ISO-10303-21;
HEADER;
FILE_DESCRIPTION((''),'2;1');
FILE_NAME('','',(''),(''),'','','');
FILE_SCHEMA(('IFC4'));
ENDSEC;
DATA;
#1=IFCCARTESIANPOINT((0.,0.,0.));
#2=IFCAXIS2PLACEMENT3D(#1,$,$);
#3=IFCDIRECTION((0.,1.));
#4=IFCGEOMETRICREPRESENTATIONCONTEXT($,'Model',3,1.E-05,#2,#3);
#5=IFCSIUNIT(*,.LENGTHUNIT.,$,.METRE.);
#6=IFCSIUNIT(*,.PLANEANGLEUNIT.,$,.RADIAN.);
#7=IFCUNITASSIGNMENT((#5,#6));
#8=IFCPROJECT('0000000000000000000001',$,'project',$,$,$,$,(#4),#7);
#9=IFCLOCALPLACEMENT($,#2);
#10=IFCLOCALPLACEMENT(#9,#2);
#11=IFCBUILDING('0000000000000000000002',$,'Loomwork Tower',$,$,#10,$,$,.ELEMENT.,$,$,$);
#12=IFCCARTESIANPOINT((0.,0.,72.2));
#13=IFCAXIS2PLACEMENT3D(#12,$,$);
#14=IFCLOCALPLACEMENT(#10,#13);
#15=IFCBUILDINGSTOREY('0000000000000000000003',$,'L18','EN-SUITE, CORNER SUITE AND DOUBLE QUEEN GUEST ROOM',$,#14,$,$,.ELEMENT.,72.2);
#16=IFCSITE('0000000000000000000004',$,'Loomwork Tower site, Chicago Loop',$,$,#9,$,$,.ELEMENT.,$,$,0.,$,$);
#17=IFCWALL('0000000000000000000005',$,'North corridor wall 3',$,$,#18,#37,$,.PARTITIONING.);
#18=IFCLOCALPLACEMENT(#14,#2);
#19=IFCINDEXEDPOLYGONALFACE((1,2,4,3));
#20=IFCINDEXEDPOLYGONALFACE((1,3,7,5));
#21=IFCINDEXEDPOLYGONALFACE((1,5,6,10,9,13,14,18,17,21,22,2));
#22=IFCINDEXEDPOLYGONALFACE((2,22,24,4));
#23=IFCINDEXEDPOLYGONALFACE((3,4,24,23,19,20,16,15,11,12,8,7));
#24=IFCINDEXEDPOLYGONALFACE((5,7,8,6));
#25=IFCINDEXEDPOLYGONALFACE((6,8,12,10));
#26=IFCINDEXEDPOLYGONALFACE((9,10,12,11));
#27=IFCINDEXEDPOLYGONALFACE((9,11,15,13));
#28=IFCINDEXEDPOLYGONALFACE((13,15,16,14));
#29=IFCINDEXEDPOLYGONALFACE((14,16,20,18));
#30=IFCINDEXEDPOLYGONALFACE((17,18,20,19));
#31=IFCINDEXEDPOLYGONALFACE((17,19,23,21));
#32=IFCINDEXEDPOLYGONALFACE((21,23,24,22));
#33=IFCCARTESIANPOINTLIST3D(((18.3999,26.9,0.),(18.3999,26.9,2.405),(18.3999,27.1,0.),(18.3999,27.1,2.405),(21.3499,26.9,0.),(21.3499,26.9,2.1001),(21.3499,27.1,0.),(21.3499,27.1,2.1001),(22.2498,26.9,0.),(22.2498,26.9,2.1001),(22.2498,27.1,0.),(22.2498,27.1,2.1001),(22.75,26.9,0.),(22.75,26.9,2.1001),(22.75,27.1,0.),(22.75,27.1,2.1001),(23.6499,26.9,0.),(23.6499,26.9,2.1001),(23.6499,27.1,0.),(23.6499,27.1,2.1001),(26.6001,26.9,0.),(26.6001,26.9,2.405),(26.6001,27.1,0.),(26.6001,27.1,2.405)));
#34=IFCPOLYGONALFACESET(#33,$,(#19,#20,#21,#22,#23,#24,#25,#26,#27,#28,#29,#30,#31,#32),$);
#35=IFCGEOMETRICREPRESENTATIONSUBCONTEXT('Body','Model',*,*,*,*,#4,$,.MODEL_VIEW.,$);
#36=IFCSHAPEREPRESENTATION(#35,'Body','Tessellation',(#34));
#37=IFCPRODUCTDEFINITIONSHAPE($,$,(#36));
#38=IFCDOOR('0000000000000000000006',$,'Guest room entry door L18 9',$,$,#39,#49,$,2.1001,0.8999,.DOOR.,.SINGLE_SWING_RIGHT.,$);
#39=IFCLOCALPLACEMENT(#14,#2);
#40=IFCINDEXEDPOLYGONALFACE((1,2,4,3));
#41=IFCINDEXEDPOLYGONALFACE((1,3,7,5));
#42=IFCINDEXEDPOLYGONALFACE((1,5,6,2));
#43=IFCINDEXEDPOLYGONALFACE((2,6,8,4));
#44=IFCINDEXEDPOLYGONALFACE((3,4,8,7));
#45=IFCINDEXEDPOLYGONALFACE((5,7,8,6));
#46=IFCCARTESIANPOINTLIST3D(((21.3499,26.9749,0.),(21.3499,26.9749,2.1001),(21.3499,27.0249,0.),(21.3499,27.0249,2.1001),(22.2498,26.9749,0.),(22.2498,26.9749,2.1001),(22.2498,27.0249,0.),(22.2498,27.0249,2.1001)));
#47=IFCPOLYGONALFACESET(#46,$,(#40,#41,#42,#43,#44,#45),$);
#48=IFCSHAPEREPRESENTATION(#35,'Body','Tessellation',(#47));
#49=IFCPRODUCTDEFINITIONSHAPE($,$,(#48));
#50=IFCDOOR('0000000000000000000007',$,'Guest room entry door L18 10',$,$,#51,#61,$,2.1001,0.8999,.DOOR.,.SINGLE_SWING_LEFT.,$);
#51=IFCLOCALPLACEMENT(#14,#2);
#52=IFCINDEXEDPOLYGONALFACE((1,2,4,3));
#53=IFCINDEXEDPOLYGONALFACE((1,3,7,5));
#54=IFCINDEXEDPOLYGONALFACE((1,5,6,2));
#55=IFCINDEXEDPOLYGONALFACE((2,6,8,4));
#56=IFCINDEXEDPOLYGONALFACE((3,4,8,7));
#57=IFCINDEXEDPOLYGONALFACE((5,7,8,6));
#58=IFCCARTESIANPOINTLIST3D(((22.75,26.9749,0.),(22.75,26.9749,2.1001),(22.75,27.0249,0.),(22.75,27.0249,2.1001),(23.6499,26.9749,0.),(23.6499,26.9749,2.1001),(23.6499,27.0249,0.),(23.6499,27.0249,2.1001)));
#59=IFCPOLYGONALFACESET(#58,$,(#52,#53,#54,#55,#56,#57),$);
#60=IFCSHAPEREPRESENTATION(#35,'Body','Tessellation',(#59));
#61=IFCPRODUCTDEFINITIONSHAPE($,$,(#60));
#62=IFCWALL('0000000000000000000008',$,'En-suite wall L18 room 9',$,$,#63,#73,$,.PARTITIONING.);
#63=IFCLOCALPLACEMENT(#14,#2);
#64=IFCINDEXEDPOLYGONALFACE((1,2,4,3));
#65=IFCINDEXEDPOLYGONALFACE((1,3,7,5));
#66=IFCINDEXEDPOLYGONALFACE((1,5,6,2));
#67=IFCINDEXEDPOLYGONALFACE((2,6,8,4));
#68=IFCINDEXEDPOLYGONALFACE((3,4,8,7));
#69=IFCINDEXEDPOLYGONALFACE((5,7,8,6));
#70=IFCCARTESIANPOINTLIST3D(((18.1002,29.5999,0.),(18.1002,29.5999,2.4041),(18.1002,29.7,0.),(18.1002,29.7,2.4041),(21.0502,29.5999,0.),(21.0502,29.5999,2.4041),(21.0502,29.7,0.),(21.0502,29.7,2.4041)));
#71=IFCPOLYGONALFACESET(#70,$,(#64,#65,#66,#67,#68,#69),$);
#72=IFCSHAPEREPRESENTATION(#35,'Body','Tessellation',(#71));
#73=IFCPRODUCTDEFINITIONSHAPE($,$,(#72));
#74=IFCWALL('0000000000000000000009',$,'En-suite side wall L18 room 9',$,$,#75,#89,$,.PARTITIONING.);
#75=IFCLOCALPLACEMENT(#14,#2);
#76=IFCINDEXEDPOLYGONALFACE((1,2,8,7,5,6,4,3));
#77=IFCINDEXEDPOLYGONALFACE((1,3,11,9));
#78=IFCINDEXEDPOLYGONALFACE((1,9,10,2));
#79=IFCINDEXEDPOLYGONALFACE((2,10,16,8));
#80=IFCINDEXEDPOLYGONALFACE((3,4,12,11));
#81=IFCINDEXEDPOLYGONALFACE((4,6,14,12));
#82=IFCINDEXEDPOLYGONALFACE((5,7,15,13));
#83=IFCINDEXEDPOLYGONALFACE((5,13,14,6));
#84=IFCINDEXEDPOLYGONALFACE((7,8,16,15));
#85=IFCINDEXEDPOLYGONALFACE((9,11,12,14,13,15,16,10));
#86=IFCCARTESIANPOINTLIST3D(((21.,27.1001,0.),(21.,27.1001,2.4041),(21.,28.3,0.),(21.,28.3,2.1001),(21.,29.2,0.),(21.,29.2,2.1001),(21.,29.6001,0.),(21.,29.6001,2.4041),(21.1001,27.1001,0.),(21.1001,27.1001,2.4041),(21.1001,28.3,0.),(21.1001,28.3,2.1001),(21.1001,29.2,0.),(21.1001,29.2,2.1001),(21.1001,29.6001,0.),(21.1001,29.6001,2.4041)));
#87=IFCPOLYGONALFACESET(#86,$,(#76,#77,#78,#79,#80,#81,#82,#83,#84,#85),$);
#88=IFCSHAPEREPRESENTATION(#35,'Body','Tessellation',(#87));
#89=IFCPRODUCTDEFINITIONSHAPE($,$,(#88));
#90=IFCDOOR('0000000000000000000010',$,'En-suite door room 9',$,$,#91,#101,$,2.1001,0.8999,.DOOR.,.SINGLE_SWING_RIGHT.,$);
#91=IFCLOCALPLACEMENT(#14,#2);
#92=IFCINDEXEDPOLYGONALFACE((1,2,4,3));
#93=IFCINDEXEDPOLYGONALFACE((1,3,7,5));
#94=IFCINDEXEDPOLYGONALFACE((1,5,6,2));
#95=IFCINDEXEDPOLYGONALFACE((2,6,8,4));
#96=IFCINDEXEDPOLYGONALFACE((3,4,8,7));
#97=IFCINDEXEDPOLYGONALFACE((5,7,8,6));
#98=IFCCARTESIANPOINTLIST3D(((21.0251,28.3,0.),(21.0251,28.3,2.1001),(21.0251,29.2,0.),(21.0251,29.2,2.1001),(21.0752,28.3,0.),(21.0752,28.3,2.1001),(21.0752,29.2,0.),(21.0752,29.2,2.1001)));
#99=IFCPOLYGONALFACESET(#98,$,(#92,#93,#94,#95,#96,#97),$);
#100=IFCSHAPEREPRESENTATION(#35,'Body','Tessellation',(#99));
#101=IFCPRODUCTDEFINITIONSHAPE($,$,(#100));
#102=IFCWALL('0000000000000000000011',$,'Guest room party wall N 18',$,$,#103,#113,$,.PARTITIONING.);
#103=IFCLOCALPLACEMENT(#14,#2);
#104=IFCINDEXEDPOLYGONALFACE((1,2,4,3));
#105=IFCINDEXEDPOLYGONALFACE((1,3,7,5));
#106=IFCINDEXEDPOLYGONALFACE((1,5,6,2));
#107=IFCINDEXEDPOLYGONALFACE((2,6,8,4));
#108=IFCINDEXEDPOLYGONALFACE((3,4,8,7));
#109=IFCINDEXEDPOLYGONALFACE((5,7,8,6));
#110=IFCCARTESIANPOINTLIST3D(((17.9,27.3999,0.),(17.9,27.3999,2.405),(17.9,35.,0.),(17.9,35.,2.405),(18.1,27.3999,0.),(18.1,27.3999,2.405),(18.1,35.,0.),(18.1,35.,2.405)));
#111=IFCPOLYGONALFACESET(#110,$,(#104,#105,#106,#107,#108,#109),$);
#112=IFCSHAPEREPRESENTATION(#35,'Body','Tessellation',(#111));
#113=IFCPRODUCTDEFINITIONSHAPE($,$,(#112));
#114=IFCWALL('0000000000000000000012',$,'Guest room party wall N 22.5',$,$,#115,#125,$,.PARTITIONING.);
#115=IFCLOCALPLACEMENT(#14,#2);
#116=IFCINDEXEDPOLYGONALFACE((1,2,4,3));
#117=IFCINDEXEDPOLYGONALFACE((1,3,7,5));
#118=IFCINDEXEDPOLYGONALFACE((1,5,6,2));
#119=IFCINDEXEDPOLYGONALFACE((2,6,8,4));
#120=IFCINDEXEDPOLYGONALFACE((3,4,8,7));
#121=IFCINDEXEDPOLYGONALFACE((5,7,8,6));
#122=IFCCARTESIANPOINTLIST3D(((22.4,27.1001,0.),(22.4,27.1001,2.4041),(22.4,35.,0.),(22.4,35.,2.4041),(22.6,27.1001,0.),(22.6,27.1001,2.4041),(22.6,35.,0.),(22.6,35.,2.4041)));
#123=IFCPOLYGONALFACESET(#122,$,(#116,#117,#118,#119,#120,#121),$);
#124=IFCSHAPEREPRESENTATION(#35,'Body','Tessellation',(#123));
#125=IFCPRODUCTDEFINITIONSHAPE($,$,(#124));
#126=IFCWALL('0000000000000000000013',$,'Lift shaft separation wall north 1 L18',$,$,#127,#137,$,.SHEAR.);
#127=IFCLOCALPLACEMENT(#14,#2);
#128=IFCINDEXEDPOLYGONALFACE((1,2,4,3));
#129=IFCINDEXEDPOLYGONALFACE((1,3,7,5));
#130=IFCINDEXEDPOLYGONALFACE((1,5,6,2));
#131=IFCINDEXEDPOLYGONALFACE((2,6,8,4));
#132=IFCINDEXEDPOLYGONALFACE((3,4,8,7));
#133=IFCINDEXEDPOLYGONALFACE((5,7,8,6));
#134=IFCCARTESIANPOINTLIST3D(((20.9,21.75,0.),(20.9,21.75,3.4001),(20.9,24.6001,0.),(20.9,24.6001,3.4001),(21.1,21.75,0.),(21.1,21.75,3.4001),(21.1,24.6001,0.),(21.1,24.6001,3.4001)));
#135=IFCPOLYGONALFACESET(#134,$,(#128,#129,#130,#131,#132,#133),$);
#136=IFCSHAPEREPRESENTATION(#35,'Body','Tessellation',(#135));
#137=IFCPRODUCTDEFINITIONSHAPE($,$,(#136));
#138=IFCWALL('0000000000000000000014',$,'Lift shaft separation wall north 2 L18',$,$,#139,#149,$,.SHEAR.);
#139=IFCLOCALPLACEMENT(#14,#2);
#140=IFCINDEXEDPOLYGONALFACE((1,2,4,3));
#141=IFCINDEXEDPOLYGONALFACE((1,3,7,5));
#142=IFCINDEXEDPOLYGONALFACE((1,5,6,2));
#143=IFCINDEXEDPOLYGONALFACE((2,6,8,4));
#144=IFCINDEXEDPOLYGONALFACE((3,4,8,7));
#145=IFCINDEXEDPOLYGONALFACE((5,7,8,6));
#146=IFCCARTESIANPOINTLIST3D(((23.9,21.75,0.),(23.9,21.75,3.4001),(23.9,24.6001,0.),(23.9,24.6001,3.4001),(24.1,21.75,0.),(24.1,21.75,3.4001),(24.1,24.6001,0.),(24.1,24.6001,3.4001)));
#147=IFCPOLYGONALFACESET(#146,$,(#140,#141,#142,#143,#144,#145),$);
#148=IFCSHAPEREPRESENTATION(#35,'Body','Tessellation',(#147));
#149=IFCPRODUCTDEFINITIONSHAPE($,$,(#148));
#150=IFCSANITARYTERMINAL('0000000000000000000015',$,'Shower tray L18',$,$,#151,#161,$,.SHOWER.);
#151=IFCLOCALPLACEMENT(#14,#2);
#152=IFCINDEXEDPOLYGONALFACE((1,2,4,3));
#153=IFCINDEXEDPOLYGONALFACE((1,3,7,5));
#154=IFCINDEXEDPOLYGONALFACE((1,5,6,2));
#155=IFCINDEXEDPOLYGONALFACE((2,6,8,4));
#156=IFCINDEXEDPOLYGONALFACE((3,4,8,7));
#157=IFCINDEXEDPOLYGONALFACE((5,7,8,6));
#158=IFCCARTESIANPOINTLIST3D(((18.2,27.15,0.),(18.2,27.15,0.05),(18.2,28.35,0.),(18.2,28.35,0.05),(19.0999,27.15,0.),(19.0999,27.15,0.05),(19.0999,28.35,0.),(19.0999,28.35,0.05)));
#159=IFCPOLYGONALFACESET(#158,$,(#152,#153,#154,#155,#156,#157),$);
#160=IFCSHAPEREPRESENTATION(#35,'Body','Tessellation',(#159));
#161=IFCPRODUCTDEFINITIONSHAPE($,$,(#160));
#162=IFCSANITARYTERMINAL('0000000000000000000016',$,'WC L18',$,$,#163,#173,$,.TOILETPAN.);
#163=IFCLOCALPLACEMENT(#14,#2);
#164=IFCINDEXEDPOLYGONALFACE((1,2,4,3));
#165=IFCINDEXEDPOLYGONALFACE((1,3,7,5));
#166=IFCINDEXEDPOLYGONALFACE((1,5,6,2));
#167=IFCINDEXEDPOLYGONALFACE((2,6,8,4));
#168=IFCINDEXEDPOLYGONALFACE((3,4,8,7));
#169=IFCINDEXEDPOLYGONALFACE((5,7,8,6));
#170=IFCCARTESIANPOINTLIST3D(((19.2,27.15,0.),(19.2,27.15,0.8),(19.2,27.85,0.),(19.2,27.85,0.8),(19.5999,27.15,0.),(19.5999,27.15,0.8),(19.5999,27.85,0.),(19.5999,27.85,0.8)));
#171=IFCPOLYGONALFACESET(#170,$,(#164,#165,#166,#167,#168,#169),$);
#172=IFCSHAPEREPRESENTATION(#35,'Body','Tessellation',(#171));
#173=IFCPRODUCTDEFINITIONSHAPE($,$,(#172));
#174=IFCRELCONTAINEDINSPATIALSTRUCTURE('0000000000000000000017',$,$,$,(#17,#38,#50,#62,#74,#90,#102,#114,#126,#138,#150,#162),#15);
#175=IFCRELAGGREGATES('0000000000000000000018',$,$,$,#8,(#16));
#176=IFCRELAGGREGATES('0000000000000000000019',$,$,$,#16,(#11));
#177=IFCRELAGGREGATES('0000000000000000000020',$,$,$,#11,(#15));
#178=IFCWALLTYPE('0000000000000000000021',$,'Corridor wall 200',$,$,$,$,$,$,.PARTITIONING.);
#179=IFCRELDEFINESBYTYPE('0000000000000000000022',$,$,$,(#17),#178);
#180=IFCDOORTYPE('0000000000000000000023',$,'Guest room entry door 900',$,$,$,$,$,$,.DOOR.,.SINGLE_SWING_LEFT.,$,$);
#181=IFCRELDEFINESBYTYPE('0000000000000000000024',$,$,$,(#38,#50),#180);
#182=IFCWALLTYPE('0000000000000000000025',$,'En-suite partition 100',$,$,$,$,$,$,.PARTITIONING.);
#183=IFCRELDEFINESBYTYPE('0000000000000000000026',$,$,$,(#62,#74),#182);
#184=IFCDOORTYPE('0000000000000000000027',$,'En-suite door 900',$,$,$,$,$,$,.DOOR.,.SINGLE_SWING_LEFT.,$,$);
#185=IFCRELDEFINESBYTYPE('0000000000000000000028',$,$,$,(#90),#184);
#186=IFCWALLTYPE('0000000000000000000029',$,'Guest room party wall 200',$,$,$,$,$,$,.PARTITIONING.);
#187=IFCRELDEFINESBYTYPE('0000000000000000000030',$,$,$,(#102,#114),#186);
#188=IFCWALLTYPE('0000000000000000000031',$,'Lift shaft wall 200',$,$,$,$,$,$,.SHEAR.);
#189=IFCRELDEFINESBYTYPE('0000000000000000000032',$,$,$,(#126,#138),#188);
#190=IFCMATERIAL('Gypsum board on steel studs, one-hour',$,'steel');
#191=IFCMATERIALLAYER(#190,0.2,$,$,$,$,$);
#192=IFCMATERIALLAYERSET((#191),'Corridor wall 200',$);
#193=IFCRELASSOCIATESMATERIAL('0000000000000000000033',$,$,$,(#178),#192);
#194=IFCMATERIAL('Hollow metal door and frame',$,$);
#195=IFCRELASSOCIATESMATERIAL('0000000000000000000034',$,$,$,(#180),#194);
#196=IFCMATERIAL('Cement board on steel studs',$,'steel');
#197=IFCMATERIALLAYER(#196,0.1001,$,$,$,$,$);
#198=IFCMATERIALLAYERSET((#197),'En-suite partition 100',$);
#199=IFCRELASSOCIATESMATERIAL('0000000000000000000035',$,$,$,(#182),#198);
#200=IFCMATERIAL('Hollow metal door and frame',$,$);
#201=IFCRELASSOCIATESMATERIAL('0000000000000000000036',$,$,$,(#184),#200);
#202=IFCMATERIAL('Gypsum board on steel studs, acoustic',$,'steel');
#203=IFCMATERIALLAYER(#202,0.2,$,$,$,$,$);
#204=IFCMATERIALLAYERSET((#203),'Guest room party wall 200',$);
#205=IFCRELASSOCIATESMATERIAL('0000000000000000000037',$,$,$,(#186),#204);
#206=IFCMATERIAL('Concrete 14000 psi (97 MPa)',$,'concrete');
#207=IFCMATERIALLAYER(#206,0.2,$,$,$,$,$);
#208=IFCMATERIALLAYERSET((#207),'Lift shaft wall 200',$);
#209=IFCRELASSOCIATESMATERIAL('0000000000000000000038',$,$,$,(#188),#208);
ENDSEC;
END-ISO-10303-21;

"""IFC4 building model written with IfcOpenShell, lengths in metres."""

from ifc_helpers import new_model, si_unit, direction, frame, frame_2d, origin, origin_2d, place, context, subcontext, project, spatial, rectangle, extrude, material, layer, layer_set, type_object, element, fill, save


model = new_model("IFC4")

# Units and contexts
model_context = context("Model", 3, precision=1e-05, world=origin(), true_north=direction((0.0, 1.0)))
body_context = subcontext(model_context, "Body", "Model", "MODEL_VIEW")
ifc_project = project(units=[si_unit("LENGTHUNIT", "METRE"), si_unit("PLANEANGLEUNIT", "RADIAN")], contexts=[model_context])

# Site, building, storey
site_placement = place(None, origin())
site = spatial("IfcSite", under=ifc_project, at=site_placement, Name="Loomwork Tower site, Chicago Loop", CompositionType="ELEMENT", RefElevation=0.0)
building_placement = place(site_placement, origin())
building = spatial("IfcBuilding", under=site, at=building_placement, Name="Loomwork Tower", CompositionType="ELEMENT")
storey_placement = place(building_placement, frame((0.0, 0.0, 72.2)))
storey = spatial("IfcBuildingStorey", under=building, at=storey_placement, Name="L18", Description="EN-SUITE, CORNER SUITE AND DOUBLE QUEEN GUEST ROOM", CompositionType="ELEMENT", Elevation=72.2)

# Wall, openings, doors
ifc_material_1 = material(Name="Gypsum board on steel studs, one-hour", Category="steel")
ifc_layer_1 = layer(ifc_material_1, 0.2)
ifc_layer_set_1 = layer_set([ifc_layer_1], Name="Corridor wall 200")
wall_type_1 = type_object("IfcWallType", Name="Corridor wall 200", PredefinedType="PARTITIONING", material=ifc_layer_set_1)
wall_1_placement = place(storey_placement, frame((18.3999, 27.0, 0.0), z_axis=(0.0, 0.0, 1.0), x_axis=(1.0, 0.0, 0.0)))
wall_1 = element("IfcWall", 1, at=wall_1_placement, inside=storey, type_object=wall_type_1, Name="North corridor wall 3", PredefinedType="PARTITIONING", context=body_context, shape_type="SweptSolid", body=[
    extrude(rectangle(XDim=8.2002, YDim=0.2, at=frame_2d((4.1001, 0.0))), origin(), (0.0, 0.0, 1.0), 2.405),
])
opening_1_placement = place(wall_1_placement, frame((2.95, 0.0, 0.0)))
opening_1 = element("IfcOpeningElement", 2, at=opening_1_placement, cuts=wall_1, PredefinedType="OPENING", context=body_context, shape_type="SweptSolid", body=[
    extrude(rectangle(XDim=0.8999, YDim=2.1001, at=frame_2d((0.45, 1.05))), frame((0.0, 0.1099, 0.0), z_axis=(0.0, -1.0, 0.0), x_axis=(1.0, 0.0, 0.0)), (0.0, 0.0, 1.0), 0.22),
])
opening_2_placement = place(wall_1_placement, frame((4.3501, 0.0, 0.0)))
opening_2 = element("IfcOpeningElement", 3, at=opening_2_placement, cuts=wall_1, PredefinedType="OPENING", context=body_context, shape_type="SweptSolid", body=[
    extrude(rectangle(XDim=0.8999, YDim=2.1001, at=frame_2d((0.45, 1.05))), frame((0.0, 0.1099, 0.0), z_axis=(0.0, -1.0, 0.0), x_axis=(1.0, 0.0, 0.0)), (0.0, 0.0, 1.0), 0.22),
])
ifc_material_2 = material(Name="Hollow metal door and frame")
door_type_1 = type_object("IfcDoorType", Name="Guest room entry door 900", OperationType="SINGLE_SWING_LEFT", PredefinedType="DOOR", material=ifc_material_2)
door_1_placement = place(opening_1_placement, origin())
door_1 = element("IfcDoor", 4, at=door_1_placement, inside=storey, type_object=door_type_1, Name="Guest room entry door L18 9", OperationType="SINGLE_SWING_RIGHT", OverallHeight=2.1001, OverallWidth=0.8999, PredefinedType="DOOR", context=body_context, shape_type="SweptSolid", body=[
    extrude(rectangle(XDim=0.8999, YDim=2.1001, at=frame_2d((0.45, 1.05))), frame((0.0, 0.0249, 0.0), z_axis=(0.0, -1.0, 0.0), x_axis=(1.0, 0.0, 0.0)), (0.0, 0.0, 1.0), 0.05),
])
fill(opening_1, door_1)
door_2_placement = place(opening_2_placement, origin())
door_2 = element("IfcDoor", 5, at=door_2_placement, inside=storey, type_object=door_type_1, Name="Guest room entry door L18 10", OperationType="SINGLE_SWING_LEFT", OverallHeight=2.1001, OverallWidth=0.8999, PredefinedType="DOOR", context=body_context, shape_type="SweptSolid", body=[
    extrude(rectangle(XDim=0.8999, YDim=2.1001, at=frame_2d((0.45, 1.05))), frame((0.0, 0.0249, 0.0), z_axis=(0.0, -1.0, 0.0), x_axis=(1.0, 0.0, 0.0)), (0.0, 0.0, 1.0), 0.05),
])
fill(opening_2, door_2)

# Wall
ifc_material_3 = material(Name="Cement board on steel studs", Category="steel")
ifc_layer_2 = layer(ifc_material_3, 0.1001)
ifc_layer_set_2 = layer_set([ifc_layer_2], Name="En-suite partition 100")
wall_type_2 = type_object("IfcWallType", Name="En-suite partition 100", PredefinedType="PARTITIONING", material=ifc_layer_set_2)
wall_2_placement = place(storey_placement, frame((18.1001, 29.6499, 0.0), z_axis=(0.0, 0.0, 1.0), x_axis=(1.0, 0.0, 0.0)))
element("IfcWall", 6, at=wall_2_placement, inside=storey, type_object=wall_type_2, Name="En-suite wall L18 room 9", PredefinedType="PARTITIONING", context=body_context, shape_type="SweptSolid", body=[
    extrude(rectangle(XDim=2.95, YDim=0.1001, at=frame_2d((1.4751, 0.0))), origin(), (0.0, 0.0, 1.0), 2.4041),
])

# Wall, opening, door
wall_3_placement = place(storey_placement, frame((21.05, 27.1001, 0.0), z_axis=(0.0, 0.0, 1.0), x_axis=(0.0, 1.0, 0.0)))
wall_3 = element("IfcWall", 7, at=wall_3_placement, inside=storey, type_object=wall_type_2, Name="En-suite side wall L18 room 9", PredefinedType="PARTITIONING", context=body_context, shape_type="SweptSolid", body=[
    extrude(rectangle(XDim=2.5, YDim=0.1001, at=frame_2d((1.25, 0.0))), origin(), (0.0, 0.0, 1.0), 2.4041),
])
opening_3_placement = place(wall_3_placement, frame((1.2, 0.0, 0.0)))
opening_3 = element("IfcOpeningElement", 8, at=opening_3_placement, cuts=wall_3, PredefinedType="OPENING", context=body_context, shape_type="SweptSolid", body=[
    extrude(rectangle(XDim=0.8999, YDim=2.1001, at=frame_2d((0.45, 1.05))), frame((0.0, 0.0601, 0.0), z_axis=(0.0, -1.0, 0.0), x_axis=(1.0, 0.0, 0.0)), (0.0, 0.0, 1.0), 0.1201),
])
ifc_material_4 = material(Name="Hollow metal door and frame")
door_type_2 = type_object("IfcDoorType", Name="En-suite door 900", OperationType="SINGLE_SWING_LEFT", PredefinedType="DOOR", material=ifc_material_4)
door_3_placement = place(opening_3_placement, origin())
door_3 = element("IfcDoor", 9, at=door_3_placement, inside=storey, type_object=door_type_2, Name="En-suite door room 9", OperationType="SINGLE_SWING_RIGHT", OverallHeight=2.1001, OverallWidth=0.8999, PredefinedType="DOOR", context=body_context, shape_type="SweptSolid", body=[
    extrude(rectangle(XDim=0.8999, YDim=2.1001, at=frame_2d((0.45, 1.05))), frame((0.0, 0.0249, 0.0), z_axis=(0.0, -1.0, 0.0), x_axis=(1.0, 0.0, 0.0)), (0.0, 0.0, 1.0), 0.05),
])
fill(opening_3, door_3)

# Walls
ifc_material_5 = material(Name="Gypsum board on steel studs, acoustic", Category="steel")
ifc_layer_3 = layer(ifc_material_5, 0.2)
ifc_layer_set_3 = layer_set([ifc_layer_3], Name="Guest room party wall 200")
wall_type_3 = type_object("IfcWallType", Name="Guest room party wall 200", PredefinedType="PARTITIONING", material=ifc_layer_set_3)
wall_4_placement = place(storey_placement, frame((18.0, 27.3999, 0.0), z_axis=(0.0, 0.0, 1.0), x_axis=(0.0, 1.0, 0.0)))
element("IfcWall", 10, at=wall_4_placement, inside=storey, type_object=wall_type_3, Name="Guest room party wall N 18", PredefinedType="PARTITIONING", context=body_context, shape_type="SweptSolid", body=[
    extrude(rectangle(XDim=7.6001, YDim=0.2, at=frame_2d((3.8, 0.0))), origin(), (0.0, 0.0, 1.0), 2.405),
])
wall_5_placement = place(storey_placement, frame((22.5, 27.1001, 0.0), z_axis=(0.0, 0.0, 1.0), x_axis=(0.0, 1.0, 0.0)))
element("IfcWall", 11, at=wall_5_placement, inside=storey, type_object=wall_type_3, Name="Guest room party wall N 22.5", PredefinedType="PARTITIONING", context=body_context, shape_type="SweptSolid", body=[
    extrude(rectangle(XDim=7.8999, YDim=0.2, at=frame_2d((3.95, 0.0))), origin(), (0.0, 0.0, 1.0), 2.4041),
])
ifc_material_6 = material(Name="Concrete 14000 psi (97 MPa)", Category="concrete")
ifc_layer_4 = layer(ifc_material_6, 0.2)
ifc_layer_set_4 = layer_set([ifc_layer_4], Name="Lift shaft wall 200")
wall_type_4 = type_object("IfcWallType", Name="Lift shaft wall 200", PredefinedType="SHEAR", material=ifc_layer_set_4)
for number, where, z_axis, x_axis, name in (
    (12, (21.0, 21.75, 0.0), (0.0, 0.0, 1.0), (0.0, 1.0, 0.0), "Lift shaft separation wall north 1 L18"),
    (13, (24.0, 21.75, 0.0), (0.0, 0.0, 1.0), (0.0, 1.0, 0.0), "Lift shaft separation wall north 2 L18"),
):
    element("IfcWall", number, at=place(storey_placement, frame(where, z_axis=z_axis, x_axis=x_axis)), inside=storey, type_object=wall_type_4, Name=name, PredefinedType="SHEAR", context=body_context, shape_type="SweptSolid", body=[
        extrude(rectangle(XDim=2.8501, YDim=0.2, at=frame_2d((1.425, 0.0))), origin(), (0.0, 0.0, 1.0), 3.4001),
    ])

# Sanitary terminals
sanitary_terminal_1_placement = place(storey_placement, frame((18.6499, 27.75, 0.0), z_axis=(0.0, 0.0, 1.0), x_axis=(1.0, 0.0, 0.0)))
element("IfcSanitaryTerminal", 14, at=sanitary_terminal_1_placement, inside=storey, Name="Shower tray L18", PredefinedType="SHOWER", context=body_context, shape_type="SweptSolid", body=[
    extrude(rectangle(XDim=0.8999, YDim=1.2, at=origin_2d()), origin(), (0.0, 0.0, 1.0), 0.05),
])
sanitary_terminal_2_placement = place(storey_placement, frame((19.3999, 27.5, 0.0), z_axis=(0.0, 0.0, 1.0), x_axis=(1.0, 0.0, 0.0)))
element("IfcSanitaryTerminal", 15, at=sanitary_terminal_2_placement, inside=storey, Name="WC L18", PredefinedType="TOILETPAN", context=body_context, shape_type="SweptSolid", body=[
    extrude(rectangle(XDim=0.3999, YDim=0.7, at=origin_2d()), origin(), (0.0, 0.0, 1.0), 0.8),
])

save(model, "model.ifc")
